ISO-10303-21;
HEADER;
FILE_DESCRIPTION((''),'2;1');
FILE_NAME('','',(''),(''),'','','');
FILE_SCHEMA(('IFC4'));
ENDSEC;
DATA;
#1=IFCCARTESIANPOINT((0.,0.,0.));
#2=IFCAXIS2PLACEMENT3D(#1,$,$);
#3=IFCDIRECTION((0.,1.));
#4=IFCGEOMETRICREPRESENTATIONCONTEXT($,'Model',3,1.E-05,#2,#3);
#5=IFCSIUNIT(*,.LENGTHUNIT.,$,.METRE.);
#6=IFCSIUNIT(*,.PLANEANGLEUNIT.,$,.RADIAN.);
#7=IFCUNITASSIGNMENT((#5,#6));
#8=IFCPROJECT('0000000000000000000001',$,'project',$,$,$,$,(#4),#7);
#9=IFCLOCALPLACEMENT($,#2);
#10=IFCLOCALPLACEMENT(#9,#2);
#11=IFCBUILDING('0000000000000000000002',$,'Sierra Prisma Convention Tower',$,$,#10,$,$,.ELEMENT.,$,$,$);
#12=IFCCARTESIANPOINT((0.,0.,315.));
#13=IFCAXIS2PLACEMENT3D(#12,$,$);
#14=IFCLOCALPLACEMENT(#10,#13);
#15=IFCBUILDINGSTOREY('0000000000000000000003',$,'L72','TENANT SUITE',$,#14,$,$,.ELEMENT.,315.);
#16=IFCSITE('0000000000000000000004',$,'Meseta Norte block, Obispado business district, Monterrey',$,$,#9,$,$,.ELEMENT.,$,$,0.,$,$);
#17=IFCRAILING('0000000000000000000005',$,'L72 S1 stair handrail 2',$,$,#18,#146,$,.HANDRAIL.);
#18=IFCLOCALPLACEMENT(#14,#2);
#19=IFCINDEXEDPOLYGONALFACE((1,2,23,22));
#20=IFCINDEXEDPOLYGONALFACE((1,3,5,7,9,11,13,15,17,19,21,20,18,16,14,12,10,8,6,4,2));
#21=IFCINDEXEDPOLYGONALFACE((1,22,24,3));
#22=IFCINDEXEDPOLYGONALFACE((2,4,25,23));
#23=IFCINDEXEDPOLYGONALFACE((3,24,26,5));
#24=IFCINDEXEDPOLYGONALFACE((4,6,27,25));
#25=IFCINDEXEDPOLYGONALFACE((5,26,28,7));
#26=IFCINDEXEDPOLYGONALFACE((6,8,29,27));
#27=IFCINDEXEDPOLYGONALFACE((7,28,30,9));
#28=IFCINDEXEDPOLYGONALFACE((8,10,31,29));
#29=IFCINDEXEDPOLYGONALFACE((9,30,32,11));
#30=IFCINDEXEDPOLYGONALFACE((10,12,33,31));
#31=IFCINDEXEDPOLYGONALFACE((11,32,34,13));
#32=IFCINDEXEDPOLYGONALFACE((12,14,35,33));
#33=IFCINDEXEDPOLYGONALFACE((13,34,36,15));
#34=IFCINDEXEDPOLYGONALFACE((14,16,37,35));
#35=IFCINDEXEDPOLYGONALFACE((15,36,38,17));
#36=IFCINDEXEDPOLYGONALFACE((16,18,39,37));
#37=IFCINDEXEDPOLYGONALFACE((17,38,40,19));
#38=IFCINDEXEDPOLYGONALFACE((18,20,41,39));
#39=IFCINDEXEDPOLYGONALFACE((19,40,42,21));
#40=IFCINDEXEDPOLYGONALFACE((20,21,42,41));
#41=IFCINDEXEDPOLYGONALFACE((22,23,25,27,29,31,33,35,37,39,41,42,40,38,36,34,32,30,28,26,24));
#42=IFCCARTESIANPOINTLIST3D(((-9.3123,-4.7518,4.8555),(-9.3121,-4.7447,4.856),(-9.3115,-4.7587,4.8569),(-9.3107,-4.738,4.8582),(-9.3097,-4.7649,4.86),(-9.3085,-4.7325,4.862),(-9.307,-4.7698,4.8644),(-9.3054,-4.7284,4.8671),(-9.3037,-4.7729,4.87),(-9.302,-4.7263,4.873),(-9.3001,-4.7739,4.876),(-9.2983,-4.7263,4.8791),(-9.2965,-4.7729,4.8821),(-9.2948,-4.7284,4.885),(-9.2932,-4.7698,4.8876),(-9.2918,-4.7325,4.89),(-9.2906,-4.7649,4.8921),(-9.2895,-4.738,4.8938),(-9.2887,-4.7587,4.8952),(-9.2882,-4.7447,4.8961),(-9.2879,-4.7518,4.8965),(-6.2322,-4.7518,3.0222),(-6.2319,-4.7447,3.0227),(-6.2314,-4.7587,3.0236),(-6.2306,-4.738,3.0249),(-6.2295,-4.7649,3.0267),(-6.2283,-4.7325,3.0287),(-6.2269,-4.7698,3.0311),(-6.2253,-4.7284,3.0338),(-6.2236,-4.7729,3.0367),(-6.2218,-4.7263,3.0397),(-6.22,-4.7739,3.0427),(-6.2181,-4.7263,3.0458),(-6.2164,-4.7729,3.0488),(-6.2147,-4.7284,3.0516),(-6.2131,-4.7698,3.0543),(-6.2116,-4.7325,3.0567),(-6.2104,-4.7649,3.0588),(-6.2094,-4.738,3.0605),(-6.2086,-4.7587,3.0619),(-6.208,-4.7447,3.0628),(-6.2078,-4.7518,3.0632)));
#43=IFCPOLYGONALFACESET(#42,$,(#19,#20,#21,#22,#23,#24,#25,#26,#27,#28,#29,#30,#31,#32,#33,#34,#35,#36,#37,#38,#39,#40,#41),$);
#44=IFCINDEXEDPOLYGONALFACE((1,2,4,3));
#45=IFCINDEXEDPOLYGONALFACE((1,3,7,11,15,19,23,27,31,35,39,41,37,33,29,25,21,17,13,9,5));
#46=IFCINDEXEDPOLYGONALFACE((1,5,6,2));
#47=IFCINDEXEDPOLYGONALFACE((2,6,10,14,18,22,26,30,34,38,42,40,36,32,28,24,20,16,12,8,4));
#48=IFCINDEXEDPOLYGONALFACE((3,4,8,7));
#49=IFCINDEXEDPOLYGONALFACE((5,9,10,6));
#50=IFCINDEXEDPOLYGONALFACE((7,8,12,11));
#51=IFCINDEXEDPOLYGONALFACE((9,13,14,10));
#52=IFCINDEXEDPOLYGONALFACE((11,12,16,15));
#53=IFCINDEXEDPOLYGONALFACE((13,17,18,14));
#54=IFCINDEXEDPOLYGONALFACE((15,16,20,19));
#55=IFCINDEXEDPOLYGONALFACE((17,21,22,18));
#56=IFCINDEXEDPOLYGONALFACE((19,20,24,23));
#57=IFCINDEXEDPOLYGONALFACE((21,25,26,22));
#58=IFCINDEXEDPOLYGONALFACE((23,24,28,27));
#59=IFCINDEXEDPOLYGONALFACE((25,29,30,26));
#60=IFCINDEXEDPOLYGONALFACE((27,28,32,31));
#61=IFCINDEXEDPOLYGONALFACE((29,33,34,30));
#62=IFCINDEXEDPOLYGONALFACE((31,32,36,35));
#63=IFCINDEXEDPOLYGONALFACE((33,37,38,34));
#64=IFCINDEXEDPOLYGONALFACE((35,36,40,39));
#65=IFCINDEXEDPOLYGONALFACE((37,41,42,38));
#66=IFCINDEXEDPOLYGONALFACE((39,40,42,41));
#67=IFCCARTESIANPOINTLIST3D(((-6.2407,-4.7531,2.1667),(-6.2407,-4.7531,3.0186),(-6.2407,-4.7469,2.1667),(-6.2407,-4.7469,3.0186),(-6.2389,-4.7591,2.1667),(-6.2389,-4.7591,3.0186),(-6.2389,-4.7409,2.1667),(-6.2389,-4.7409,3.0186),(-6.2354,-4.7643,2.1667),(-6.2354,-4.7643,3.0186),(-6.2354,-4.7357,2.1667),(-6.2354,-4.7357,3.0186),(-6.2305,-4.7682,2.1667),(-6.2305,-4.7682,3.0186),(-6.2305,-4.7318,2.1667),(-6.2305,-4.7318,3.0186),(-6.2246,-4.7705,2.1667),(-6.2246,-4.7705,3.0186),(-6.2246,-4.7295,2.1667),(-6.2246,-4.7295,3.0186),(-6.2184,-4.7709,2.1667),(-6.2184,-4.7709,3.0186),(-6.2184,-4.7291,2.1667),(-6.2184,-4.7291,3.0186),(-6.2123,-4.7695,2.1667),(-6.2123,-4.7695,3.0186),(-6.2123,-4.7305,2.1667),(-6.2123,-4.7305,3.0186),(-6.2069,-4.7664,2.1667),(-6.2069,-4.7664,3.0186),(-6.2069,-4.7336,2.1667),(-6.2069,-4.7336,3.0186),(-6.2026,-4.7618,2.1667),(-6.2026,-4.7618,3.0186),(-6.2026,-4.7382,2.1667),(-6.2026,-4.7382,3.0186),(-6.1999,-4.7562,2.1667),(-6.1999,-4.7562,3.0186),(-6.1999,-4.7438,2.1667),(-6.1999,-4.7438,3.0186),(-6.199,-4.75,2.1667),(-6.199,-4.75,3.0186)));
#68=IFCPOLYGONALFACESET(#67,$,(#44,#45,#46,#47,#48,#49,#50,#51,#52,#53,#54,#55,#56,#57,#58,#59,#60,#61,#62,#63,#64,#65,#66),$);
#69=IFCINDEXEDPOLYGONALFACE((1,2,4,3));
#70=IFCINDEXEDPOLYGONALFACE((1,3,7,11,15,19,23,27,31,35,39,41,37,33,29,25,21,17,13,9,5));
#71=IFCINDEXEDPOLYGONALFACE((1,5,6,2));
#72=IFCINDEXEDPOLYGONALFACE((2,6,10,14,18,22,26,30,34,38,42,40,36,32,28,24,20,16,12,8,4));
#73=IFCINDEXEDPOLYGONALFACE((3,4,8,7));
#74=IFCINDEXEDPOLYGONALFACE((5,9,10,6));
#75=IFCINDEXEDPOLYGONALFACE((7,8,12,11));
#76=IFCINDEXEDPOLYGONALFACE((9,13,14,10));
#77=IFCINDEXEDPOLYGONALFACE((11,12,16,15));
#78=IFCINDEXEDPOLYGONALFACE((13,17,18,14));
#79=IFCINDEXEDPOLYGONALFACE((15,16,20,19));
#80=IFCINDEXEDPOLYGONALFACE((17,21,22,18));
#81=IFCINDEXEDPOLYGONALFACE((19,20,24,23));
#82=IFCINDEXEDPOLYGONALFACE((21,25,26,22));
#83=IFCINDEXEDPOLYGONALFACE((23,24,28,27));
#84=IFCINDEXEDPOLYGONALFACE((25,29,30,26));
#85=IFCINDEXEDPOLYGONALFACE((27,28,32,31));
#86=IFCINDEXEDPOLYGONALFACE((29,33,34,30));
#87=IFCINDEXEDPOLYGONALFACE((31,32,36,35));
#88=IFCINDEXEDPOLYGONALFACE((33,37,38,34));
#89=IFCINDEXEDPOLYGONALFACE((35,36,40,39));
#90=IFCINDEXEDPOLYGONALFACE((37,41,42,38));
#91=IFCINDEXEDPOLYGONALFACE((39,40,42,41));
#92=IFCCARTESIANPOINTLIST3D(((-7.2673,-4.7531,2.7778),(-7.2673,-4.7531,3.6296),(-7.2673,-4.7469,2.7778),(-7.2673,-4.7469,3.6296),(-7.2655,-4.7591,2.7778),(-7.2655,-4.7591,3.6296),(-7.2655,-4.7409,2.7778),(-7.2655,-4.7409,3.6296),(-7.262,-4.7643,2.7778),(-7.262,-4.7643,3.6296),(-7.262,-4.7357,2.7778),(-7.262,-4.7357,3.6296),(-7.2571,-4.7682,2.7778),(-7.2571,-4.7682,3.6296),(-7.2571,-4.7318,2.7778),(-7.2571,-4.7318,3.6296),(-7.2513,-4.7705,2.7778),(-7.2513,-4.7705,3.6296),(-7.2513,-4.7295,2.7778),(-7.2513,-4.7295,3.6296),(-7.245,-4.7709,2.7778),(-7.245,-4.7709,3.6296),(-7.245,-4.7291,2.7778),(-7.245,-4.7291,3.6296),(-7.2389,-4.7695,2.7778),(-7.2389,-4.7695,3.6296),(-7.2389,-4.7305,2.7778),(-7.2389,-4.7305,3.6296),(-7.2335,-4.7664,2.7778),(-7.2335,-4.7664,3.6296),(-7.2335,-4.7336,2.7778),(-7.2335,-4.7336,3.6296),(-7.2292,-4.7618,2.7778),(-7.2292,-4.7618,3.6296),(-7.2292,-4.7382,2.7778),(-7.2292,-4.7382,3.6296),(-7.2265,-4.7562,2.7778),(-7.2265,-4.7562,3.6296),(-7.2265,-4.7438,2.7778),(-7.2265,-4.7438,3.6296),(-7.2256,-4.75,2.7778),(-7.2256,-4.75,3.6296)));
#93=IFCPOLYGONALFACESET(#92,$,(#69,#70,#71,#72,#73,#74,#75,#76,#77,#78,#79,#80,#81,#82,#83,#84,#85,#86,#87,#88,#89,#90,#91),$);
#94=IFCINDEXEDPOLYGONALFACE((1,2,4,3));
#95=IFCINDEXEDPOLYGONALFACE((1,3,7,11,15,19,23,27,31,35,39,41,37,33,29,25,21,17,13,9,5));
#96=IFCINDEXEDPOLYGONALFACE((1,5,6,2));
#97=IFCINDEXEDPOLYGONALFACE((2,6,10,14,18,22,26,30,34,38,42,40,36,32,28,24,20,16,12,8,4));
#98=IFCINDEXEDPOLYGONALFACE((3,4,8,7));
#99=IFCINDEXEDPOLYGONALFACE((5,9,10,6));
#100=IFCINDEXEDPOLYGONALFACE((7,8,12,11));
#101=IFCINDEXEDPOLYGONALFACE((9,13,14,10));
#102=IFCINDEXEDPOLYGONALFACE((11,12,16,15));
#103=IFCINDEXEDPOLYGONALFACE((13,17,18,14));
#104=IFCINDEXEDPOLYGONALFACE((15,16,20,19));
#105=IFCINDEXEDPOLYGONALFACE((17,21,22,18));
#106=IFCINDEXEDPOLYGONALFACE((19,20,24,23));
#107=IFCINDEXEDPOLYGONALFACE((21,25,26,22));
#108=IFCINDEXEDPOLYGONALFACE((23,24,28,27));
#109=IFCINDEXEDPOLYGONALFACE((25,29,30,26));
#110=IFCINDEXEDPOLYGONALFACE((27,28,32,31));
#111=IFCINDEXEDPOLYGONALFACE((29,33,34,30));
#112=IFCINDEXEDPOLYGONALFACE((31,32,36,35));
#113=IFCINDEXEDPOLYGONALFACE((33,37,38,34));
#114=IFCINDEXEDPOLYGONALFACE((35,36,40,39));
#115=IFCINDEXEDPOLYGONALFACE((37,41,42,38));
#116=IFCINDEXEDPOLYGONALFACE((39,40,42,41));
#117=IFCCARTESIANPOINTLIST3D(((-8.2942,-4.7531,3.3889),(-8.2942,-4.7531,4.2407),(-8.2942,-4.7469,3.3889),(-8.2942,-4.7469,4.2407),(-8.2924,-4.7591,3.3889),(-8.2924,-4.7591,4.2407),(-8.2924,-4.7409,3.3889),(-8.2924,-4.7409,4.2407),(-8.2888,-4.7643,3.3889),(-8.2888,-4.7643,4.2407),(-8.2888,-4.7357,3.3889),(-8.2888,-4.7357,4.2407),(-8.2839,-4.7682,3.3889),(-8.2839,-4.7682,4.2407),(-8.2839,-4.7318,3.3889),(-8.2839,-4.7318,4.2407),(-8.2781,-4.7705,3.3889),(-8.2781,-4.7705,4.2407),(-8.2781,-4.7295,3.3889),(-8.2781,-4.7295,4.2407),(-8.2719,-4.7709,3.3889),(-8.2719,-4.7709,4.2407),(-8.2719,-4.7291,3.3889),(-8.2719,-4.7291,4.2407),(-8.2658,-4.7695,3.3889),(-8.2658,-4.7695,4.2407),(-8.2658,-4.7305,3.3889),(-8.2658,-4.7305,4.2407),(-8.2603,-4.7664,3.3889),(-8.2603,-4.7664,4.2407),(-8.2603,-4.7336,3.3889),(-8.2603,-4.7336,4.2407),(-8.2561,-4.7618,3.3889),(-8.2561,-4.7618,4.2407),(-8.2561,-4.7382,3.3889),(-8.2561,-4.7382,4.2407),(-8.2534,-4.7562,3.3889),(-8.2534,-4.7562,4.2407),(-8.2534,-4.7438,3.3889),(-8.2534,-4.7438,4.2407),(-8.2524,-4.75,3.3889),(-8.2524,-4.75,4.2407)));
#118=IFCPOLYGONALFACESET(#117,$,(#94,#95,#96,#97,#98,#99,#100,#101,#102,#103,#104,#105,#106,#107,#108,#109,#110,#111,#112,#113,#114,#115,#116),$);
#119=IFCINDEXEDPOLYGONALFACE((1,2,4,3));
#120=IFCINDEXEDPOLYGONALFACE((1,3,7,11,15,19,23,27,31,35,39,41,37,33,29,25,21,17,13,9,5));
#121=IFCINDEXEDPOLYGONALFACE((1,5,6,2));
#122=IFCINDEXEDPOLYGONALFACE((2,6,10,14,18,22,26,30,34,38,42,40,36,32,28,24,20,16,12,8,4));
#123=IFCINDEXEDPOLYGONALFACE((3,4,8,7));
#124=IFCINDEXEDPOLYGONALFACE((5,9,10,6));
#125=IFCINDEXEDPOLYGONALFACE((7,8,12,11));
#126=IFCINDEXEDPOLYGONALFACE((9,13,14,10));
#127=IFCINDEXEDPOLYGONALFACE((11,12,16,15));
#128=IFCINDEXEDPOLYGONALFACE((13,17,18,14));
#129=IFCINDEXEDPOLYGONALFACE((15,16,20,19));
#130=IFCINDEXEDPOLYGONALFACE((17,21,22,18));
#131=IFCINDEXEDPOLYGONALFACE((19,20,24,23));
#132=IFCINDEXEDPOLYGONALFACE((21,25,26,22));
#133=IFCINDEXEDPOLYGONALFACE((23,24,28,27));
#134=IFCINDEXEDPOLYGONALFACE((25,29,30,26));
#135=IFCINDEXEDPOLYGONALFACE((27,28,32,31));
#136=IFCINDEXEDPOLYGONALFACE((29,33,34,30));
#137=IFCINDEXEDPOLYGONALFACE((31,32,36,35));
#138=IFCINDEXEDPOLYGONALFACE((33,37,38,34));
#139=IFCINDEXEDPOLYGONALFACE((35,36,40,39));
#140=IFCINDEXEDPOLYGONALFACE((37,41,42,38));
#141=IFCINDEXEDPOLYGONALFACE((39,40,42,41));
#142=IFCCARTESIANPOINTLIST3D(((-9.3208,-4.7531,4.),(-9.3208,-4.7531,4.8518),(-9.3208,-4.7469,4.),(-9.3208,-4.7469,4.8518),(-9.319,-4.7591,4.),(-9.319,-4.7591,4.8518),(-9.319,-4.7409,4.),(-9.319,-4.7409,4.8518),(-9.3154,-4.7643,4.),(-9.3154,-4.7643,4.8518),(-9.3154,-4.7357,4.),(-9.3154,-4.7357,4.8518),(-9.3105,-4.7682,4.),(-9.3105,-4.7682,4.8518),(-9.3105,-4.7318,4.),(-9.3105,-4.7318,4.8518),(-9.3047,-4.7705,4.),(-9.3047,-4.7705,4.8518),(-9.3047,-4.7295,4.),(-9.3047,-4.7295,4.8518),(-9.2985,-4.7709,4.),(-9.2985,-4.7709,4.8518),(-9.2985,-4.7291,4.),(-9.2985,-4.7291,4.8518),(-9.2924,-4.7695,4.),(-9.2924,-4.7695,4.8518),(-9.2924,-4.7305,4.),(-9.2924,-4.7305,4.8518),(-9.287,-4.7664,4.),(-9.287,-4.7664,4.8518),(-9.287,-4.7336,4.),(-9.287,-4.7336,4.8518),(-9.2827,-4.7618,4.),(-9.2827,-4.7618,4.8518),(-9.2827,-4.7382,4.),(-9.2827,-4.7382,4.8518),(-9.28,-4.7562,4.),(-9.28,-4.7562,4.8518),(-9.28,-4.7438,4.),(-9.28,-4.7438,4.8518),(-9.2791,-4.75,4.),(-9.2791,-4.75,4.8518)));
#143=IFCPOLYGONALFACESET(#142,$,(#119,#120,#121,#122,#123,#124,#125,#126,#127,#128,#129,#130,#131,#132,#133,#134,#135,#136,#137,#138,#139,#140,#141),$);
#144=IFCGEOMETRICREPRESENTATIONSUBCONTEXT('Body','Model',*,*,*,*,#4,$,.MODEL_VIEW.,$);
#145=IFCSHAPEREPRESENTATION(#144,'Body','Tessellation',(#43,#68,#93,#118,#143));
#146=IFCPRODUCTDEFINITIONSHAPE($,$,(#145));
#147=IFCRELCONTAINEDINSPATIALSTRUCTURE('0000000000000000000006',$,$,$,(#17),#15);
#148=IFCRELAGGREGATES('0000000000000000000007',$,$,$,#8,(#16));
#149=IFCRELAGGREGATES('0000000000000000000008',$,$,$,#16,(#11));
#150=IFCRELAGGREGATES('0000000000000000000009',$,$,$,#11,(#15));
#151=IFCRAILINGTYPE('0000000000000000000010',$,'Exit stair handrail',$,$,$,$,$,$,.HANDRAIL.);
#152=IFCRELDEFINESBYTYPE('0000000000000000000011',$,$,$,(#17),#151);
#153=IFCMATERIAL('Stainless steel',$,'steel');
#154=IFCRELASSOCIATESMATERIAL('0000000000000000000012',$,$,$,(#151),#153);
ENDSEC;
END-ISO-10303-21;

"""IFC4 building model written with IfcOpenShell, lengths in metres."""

from ifc_helpers import new_model, si_unit, direction, frame, origin, origin_2d, place, context, subcontext, project, spatial, circle, extrude, material, type_object, element, save


model = new_model("IFC4")

# Units and contexts
model_context = context("Model", 3, precision=1e-05, world=origin(), true_north=direction((0.0, 1.0)))
body_context = subcontext(model_context, "Body", "Model", "MODEL_VIEW")
ifc_project = project(units=[si_unit("LENGTHUNIT", "METRE"), si_unit("PLANEANGLEUNIT", "RADIAN")], contexts=[model_context])

# Site, building, storey
site_placement = place(None, origin())
site = spatial("IfcSite", under=ifc_project, at=site_placement, Name="Meseta Norte block, Obispado business district, Monterrey", CompositionType="ELEMENT", RefElevation=0.0)
building_placement = place(site_placement, origin())
building = spatial("IfcBuilding", under=site, at=building_placement, Name="Sierra Prisma Convention Tower", CompositionType="ELEMENT")
storey_placement = place(building_placement, frame((0.0, 0.0, 315.0)))
storey = spatial("IfcBuildingStorey", under=building, at=storey_placement, Name="L72", Description="TENANT SUITE", CompositionType="ELEMENT", Elevation=315.0)

# Railing
ifc_material_1 = material(Name="Stainless steel", Category="steel")
railing_type_1 = type_object("IfcRailingType", Name="Exit stair handrail", PredefinedType="HANDRAIL", material=ifc_material_1)
railing_1_placement = place(storey_placement, frame((-6.22, -4.75, 2.1667)))
element("IfcRailing", 1, at=railing_1_placement, inside=storey, type_object=railing_type_1, Name="L72 S1 stair handrail 2", PredefinedType="HANDRAIL", context=body_context, shape_type="SweptSolid", body=[
    extrude(circle(Radius=0.0239, at=origin_2d()), frame((0.0, 0.0, 0.876), z_axis=(-0.859309, 0.0, 0.511458), x_axis=(0.0, -1.0, 0.0)), (0.0, 0.0, 1.0), 3.5845),
    extrude(circle(Radius=0.021, at=origin_2d()), origin(), (0.0, 0.0, 1.0), 0.8518),
    extrude(circle(Radius=0.021, at=origin_2d()), frame((-1.0266, 0.0, 0.6111)), (0.0, 0.0, 1.0), 0.8518),
    extrude(circle(Radius=0.021, at=origin_2d()), frame((-2.0535, 0.0, 1.2222)), (0.0, 0.0, 1.0), 0.8518),
    extrude(circle(Radius=0.021, at=origin_2d()), frame((-3.0801, 0.0, 1.8333)), (0.0, 0.0, 1.0), 0.8518),
])

save(model, "model.ifc")
